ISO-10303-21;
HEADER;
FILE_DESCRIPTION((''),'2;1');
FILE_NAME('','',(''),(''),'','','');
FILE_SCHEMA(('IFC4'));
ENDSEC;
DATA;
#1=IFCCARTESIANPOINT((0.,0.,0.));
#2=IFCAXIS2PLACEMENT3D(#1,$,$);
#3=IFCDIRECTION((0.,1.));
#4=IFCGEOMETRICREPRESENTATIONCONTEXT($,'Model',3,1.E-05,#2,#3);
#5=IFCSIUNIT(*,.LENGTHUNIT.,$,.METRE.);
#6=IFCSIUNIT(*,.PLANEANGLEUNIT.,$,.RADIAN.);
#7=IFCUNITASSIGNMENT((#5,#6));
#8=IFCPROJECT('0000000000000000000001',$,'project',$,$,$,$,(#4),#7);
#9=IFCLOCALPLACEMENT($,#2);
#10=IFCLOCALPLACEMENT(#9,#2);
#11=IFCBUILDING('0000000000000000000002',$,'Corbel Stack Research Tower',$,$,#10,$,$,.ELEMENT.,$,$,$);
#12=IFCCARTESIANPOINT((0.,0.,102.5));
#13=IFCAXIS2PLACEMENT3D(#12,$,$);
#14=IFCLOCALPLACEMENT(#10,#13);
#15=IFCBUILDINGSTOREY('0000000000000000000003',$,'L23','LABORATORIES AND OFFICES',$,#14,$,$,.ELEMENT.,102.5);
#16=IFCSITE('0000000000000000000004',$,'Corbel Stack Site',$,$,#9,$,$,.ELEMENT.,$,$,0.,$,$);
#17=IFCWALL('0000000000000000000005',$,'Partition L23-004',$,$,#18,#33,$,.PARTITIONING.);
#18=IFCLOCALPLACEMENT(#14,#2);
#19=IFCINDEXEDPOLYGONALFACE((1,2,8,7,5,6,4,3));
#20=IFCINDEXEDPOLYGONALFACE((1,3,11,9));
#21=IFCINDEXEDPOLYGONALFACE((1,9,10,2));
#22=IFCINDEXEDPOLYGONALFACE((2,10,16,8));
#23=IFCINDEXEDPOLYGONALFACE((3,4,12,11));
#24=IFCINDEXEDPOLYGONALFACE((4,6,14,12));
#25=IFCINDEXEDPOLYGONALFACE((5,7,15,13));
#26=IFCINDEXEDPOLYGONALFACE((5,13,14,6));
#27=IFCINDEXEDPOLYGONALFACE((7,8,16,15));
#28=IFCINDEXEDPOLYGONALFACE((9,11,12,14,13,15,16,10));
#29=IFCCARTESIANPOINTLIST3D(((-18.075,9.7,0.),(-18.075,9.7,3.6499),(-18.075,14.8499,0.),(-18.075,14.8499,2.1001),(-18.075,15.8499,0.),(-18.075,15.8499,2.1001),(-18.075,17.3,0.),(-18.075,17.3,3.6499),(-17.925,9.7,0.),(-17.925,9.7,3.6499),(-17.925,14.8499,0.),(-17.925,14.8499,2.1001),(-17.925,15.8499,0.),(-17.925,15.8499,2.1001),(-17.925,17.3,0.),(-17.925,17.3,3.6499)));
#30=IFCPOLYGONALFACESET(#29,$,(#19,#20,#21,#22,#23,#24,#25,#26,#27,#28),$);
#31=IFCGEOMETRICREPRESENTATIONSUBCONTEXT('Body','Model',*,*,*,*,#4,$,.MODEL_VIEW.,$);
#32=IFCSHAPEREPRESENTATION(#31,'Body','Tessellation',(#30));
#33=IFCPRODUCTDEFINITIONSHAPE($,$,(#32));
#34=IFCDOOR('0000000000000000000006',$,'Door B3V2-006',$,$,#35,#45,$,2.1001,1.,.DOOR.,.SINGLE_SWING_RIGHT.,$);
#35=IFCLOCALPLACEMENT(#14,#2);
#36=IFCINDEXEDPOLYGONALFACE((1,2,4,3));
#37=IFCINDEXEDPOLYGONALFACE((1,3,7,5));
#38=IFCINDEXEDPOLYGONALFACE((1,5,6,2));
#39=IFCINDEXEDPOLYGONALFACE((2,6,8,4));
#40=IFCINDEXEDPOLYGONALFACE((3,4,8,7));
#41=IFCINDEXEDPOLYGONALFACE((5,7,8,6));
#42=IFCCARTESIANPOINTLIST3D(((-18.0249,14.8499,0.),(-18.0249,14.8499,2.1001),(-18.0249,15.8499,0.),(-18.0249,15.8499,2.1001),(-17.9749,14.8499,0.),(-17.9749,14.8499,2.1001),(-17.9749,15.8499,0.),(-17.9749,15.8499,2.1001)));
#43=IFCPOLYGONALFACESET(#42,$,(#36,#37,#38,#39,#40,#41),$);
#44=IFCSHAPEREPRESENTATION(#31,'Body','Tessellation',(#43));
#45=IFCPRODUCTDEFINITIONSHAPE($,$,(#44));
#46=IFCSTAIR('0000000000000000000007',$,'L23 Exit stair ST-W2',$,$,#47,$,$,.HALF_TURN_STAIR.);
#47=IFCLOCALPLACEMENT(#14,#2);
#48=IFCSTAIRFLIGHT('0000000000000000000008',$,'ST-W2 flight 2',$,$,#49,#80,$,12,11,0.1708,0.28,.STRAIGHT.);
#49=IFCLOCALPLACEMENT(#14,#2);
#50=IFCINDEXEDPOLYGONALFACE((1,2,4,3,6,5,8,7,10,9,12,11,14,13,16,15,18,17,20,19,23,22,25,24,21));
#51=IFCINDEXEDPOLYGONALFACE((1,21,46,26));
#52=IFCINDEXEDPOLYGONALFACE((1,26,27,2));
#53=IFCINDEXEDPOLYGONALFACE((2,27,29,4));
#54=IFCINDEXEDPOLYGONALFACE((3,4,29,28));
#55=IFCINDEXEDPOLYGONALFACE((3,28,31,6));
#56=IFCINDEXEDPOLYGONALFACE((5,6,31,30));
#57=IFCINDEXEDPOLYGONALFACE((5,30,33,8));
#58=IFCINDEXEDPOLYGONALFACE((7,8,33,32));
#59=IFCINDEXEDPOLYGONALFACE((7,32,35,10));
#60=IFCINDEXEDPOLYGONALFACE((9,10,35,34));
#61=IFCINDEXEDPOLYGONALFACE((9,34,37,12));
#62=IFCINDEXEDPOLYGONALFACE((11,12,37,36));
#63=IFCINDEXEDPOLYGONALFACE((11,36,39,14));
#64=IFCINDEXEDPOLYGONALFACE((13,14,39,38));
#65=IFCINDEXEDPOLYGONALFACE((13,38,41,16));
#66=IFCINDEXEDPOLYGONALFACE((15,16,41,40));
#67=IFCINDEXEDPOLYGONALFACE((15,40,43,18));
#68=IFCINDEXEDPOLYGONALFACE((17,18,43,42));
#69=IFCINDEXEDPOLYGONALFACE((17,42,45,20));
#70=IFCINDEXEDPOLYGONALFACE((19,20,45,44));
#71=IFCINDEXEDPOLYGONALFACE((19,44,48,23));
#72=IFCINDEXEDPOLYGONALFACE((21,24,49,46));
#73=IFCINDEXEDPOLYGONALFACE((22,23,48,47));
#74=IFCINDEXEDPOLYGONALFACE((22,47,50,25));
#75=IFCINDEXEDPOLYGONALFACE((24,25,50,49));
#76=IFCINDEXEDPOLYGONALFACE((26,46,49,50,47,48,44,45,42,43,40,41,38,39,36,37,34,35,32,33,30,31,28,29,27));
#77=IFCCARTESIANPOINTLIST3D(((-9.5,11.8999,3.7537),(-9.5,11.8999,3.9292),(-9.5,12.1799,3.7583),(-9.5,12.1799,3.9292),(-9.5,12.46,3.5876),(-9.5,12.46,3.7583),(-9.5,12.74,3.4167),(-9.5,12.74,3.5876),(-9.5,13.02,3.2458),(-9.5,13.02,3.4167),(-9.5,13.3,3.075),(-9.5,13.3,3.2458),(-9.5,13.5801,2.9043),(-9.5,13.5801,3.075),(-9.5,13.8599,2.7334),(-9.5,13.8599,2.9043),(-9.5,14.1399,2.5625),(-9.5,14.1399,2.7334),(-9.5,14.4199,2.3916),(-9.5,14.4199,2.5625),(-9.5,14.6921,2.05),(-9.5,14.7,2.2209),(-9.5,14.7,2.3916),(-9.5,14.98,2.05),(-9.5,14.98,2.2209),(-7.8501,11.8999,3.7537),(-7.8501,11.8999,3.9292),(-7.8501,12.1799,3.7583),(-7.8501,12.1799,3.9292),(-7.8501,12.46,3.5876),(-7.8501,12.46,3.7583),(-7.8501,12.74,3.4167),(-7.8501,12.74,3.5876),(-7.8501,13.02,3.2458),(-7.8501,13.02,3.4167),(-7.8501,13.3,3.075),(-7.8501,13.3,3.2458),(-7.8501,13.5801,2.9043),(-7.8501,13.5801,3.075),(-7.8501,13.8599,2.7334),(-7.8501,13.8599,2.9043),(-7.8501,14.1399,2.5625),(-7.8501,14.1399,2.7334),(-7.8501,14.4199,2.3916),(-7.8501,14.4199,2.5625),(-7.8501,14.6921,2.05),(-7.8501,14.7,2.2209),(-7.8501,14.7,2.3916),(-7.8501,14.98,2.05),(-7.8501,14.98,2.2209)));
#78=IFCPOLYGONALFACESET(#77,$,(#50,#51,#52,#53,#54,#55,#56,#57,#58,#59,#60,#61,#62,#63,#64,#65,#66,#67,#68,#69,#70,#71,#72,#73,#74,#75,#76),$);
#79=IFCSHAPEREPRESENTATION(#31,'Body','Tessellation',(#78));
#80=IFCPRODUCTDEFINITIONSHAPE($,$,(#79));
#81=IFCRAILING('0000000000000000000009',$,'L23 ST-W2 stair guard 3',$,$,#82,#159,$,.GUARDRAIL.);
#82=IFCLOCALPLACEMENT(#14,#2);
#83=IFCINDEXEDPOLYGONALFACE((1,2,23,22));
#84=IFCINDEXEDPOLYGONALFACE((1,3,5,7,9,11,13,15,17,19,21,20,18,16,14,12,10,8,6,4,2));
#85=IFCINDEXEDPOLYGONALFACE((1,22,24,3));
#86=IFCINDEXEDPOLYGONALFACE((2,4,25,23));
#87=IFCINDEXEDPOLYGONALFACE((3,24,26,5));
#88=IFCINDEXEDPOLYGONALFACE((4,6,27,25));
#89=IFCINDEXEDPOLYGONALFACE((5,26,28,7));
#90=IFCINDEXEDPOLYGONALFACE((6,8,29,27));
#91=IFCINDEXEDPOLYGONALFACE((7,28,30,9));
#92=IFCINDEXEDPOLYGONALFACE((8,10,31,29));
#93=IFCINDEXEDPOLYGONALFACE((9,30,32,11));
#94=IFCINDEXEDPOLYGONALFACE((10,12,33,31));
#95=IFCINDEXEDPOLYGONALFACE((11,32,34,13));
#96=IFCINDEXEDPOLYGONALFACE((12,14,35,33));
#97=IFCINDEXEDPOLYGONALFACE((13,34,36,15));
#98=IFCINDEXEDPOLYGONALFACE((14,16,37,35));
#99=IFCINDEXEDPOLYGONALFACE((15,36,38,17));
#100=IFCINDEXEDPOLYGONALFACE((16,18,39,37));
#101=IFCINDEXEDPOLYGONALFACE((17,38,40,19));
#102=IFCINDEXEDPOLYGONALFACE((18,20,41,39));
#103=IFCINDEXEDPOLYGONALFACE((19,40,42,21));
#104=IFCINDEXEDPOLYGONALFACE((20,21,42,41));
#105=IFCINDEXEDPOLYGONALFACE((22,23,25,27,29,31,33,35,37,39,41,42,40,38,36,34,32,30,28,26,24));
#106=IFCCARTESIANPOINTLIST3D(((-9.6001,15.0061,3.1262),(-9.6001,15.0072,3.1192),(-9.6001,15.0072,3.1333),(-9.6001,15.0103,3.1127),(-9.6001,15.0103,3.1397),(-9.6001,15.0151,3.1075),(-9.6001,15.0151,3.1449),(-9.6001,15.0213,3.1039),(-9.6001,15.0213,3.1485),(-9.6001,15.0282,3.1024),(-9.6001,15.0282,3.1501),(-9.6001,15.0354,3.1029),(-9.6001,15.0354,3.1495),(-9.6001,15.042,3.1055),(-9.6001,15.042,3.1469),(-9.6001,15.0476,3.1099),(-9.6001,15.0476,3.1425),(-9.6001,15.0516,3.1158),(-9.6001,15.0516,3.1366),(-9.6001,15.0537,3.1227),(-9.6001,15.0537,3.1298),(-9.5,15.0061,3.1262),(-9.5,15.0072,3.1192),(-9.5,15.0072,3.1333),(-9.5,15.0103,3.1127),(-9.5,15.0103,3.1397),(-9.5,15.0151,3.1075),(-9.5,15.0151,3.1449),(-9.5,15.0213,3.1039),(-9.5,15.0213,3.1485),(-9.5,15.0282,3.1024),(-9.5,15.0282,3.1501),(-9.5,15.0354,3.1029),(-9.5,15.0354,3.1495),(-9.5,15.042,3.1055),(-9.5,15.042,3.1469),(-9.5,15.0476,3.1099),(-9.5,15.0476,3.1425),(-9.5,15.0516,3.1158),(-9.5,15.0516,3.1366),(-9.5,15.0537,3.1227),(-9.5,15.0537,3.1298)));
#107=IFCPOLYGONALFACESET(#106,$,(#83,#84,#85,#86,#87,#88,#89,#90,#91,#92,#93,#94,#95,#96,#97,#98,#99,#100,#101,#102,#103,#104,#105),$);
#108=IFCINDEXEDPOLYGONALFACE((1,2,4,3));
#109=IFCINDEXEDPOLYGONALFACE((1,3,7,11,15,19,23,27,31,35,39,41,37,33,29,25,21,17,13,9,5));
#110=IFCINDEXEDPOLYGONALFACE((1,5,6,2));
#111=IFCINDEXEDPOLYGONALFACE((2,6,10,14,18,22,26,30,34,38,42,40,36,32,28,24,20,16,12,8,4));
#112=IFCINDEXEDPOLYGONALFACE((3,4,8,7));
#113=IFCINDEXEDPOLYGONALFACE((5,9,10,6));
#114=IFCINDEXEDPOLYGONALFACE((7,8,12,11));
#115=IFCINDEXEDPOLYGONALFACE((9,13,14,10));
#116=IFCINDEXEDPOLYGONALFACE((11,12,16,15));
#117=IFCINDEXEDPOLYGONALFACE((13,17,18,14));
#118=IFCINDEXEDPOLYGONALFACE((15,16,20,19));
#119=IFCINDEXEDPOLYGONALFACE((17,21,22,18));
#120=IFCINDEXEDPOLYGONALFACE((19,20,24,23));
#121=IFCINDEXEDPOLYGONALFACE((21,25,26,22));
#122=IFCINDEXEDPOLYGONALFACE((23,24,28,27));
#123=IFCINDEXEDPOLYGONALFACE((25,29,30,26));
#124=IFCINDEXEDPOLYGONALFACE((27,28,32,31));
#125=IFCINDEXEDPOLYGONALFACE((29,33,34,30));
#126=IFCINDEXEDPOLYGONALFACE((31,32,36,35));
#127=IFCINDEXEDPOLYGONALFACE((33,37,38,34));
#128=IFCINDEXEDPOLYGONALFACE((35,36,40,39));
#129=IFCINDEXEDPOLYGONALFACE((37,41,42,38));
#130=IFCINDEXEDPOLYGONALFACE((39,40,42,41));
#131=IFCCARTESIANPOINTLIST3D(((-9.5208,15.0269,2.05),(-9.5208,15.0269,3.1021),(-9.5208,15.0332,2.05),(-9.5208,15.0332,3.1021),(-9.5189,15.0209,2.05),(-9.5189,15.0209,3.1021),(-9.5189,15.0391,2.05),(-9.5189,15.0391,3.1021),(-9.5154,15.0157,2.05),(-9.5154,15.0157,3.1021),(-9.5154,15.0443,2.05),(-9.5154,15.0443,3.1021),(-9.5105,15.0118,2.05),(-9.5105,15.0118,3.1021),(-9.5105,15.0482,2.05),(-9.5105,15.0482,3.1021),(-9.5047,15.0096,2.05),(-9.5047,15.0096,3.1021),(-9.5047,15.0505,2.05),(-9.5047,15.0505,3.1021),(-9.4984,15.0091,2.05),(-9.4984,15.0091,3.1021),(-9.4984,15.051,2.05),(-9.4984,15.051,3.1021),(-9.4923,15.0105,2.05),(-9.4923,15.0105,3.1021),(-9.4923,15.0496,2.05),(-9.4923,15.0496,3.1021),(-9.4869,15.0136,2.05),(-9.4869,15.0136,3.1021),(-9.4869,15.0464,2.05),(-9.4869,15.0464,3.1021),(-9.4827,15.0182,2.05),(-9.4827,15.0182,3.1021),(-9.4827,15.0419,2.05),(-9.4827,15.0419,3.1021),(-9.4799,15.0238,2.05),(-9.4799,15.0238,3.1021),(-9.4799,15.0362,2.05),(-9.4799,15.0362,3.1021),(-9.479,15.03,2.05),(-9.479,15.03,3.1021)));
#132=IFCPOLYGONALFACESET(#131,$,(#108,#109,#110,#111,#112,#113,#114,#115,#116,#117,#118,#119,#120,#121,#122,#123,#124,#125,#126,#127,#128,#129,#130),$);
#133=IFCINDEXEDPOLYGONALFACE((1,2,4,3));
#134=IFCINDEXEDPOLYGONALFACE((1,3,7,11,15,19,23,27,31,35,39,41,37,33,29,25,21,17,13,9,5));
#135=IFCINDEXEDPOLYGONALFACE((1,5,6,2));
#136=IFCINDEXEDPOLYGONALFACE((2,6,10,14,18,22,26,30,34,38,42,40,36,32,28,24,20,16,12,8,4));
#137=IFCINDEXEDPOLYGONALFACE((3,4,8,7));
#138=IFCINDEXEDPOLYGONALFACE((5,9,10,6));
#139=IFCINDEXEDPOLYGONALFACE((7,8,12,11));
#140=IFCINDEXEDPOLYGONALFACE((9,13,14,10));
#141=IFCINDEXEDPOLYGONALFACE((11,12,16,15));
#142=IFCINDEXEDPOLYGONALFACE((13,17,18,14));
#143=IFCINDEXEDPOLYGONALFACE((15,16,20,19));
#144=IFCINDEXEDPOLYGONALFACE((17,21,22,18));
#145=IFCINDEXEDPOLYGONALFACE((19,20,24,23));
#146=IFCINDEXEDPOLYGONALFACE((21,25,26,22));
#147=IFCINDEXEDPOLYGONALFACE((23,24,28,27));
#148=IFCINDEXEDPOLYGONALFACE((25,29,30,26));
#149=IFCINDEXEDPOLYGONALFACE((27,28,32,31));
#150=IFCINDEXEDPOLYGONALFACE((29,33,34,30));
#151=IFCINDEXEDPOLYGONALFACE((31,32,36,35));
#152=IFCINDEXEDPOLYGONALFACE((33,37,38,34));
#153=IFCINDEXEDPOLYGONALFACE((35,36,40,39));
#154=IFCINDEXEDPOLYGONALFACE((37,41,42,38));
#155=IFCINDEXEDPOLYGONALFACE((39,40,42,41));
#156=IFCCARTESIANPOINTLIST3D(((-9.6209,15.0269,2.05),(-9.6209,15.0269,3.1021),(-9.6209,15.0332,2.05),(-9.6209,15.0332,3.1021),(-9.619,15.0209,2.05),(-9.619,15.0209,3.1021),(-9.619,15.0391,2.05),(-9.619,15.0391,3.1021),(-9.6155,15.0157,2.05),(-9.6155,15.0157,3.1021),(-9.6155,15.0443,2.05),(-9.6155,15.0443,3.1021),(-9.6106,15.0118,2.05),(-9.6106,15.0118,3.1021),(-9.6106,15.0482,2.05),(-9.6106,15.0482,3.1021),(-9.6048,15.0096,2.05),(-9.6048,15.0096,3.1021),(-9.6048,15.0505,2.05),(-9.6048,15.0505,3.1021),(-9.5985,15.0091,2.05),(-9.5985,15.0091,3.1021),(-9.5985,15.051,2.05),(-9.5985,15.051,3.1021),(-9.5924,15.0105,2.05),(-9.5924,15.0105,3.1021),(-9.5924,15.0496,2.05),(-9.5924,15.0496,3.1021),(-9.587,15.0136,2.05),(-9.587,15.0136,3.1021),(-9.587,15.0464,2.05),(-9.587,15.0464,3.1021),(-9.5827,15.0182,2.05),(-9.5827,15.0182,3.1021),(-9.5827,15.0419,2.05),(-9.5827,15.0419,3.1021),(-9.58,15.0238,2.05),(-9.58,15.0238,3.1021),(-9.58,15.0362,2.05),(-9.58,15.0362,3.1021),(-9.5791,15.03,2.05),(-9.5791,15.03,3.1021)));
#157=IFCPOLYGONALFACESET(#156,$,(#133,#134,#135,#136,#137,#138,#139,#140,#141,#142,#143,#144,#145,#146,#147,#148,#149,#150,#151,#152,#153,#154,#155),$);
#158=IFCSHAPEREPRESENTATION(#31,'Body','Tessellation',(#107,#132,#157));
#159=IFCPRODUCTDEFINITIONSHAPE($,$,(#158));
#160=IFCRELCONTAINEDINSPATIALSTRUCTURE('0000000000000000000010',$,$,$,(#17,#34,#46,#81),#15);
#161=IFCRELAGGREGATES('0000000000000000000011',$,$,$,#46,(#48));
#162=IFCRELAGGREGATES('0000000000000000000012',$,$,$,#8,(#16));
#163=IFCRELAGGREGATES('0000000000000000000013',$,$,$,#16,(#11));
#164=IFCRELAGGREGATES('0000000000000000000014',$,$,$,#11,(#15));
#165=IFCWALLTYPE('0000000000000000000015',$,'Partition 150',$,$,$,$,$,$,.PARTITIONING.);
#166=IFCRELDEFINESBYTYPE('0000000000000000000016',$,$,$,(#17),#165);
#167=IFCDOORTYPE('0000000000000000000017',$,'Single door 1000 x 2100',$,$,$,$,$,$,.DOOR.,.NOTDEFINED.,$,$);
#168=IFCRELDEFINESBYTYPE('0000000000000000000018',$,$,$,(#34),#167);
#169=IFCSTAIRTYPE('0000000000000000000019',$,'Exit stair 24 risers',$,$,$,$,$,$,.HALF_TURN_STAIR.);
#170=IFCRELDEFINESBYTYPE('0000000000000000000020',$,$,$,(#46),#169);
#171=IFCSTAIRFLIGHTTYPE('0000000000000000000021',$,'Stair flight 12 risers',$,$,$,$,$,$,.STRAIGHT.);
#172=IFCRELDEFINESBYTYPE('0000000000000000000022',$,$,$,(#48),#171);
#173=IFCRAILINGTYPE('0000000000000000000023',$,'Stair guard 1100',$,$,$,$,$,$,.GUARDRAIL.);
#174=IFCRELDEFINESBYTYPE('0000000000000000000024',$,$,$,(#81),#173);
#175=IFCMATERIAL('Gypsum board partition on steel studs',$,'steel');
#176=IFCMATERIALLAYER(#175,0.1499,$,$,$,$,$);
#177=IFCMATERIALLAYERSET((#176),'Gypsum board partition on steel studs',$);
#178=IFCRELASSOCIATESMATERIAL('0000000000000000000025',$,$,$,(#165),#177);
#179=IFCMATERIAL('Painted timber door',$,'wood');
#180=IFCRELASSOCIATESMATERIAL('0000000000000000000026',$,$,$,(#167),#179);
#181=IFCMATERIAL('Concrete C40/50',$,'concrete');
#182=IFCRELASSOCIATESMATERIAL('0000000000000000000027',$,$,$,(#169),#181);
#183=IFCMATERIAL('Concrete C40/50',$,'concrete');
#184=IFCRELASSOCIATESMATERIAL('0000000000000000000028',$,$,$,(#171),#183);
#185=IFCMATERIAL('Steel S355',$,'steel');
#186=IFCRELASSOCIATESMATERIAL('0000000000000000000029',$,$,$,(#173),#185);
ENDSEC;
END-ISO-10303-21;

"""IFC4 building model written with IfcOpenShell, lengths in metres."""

from ifc_helpers import new_model, si_unit, direction, frame, frame_2d, origin, origin_2d, place, context, subcontext, project, spatial, polyline, rectangle, circle, outline, extrude, material, layer, layer_set, type_object, element, fill, aggregate, save


model = new_model("IFC4")

# Units and contexts
model_context = context("Model", 3, precision=1e-05, world=origin(), true_north=direction((0.0, 1.0)))
body_context = subcontext(model_context, "Body", "Model", "MODEL_VIEW")
ifc_project = project(units=[si_unit("LENGTHUNIT", "METRE"), si_unit("PLANEANGLEUNIT", "RADIAN")], contexts=[model_context])

# Site, building, storey
site_placement = place(None, origin())
site = spatial("IfcSite", under=ifc_project, at=site_placement, Name="Corbel Stack Site", CompositionType="ELEMENT", RefElevation=0.0)
building_placement = place(site_placement, origin())
building = spatial("IfcBuilding", under=site, at=building_placement, Name="Corbel Stack Research Tower", CompositionType="ELEMENT")
storey_placement = place(building_placement, frame((0.0, 0.0, 102.5)))
storey = spatial("IfcBuildingStorey", under=building, at=storey_placement, Name="L23", Description="LABORATORIES AND OFFICES", CompositionType="ELEMENT", Elevation=102.5)

# Wall, opening, door
ifc_material_1 = material(Name="Gypsum board partition on steel studs", Category="steel")
ifc_layer_1 = layer(ifc_material_1, 0.1499)
ifc_layer_set_1 = layer_set([ifc_layer_1], Name="Gypsum board partition on steel studs")
wall_type_1 = type_object("IfcWallType", Name="Partition 150", PredefinedType="PARTITIONING", material=ifc_layer_set_1)
ifc_material_2 = material(Name="Painted timber door", Category="wood")
door_type_1 = type_object("IfcDoorType", Name="Single door 1000 x 2100", OperationType="NOTDEFINED", PredefinedType="DOOR", material=ifc_material_2)
wall_1_placement = place(storey_placement, frame((-18.0, 9.7, 0.0), z_axis=(0.0, 0.0, 1.0), x_axis=(0.0, 1.0, 0.0)))
wall_1 = element("IfcWall", 1, at=wall_1_placement, inside=storey, type_object=wall_type_1, Name="Partition L23-004", PredefinedType="PARTITIONING", context=body_context, shape_type="SweptSolid", body=[
    extrude(rectangle(XDim=7.6001, YDim=0.1499, at=frame_2d((3.8, 0.0))), origin(), (0.0, 0.0, 1.0), 3.6499),
])
opening_1_placement = place(wall_1_placement, frame((5.1499, 0.0, 0.0)))
opening_1 = element("IfcOpeningElement", 2, at=opening_1_placement, cuts=wall_1, PredefinedType="OPENING", context=body_context, shape_type="SweptSolid", body=[
    extrude(rectangle(XDim=1.0, YDim=2.1001, at=frame_2d((0.5, 1.05))), frame((0.0, 0.085, 0.0), z_axis=(0.0, -1.0, 0.0), x_axis=(1.0, 0.0, 0.0)), (0.0, 0.0, 1.0), 0.1699),
])
door_1_placement = place(opening_1_placement, origin())
door_1 = element("IfcDoor", 3, at=door_1_placement, inside=storey, type_object=door_type_1, Name="Door B3V2-006", OperationType="SINGLE_SWING_RIGHT", OverallHeight=2.1001, OverallWidth=1.0, PredefinedType="DOOR", context=body_context, shape_type="SweptSolid", body=[
    extrude(rectangle(XDim=1.0, YDim=2.1001, at=frame_2d((0.5, 1.05))), frame((0.0, 0.0249, 0.0), z_axis=(0.0, -1.0, 0.0), x_axis=(1.0, 0.0, 0.0)), (0.0, 0.0, 1.0), 0.05),
])
fill(opening_1, door_1)

# Stair, stair flight
ifc_material_3 = material(Name="Concrete C40/50", Category="concrete")
stair_type = type_object("IfcStairType", Name="Exit stair 24 risers", PredefinedType="HALF_TURN_STAIR", material=ifc_material_3)
stair_placement = place(storey_placement, origin())
stair = element("IfcStair", 4, at=stair_placement, inside=storey, type_object=stair_type, Name="L23 Exit stair ST-W2", PredefinedType="HALF_TURN_STAIR")
ifc_material_4 = material(Name="Concrete C40/50", Category="concrete")
stair_flight_type = type_object("IfcStairFlightType", Name="Stair flight 12 risers", PredefinedType="STRAIGHT", material=ifc_material_4)
stair_flight_placement = place(storey_placement, frame((-8.675, 14.98, 2.05), z_axis=(0.0, 0.0, 1.0), x_axis=(0.0, -1.0, 0.0)))
stair_flight = element("IfcStairFlight", 5, at=stair_flight_placement, type_object=stair_flight_type, Name="ST-W2 flight 2", NumberOfRisers=12, NumberOfTreads=11, PredefinedType="STRAIGHT", RiserHeight=0.1708, TreadLength=0.28, context=body_context, shape_type="SweptSolid", body=[
    extrude(outline(polyline([(0.0, 0.0), (0.0, 0.1709), (0.28, 0.1709), (0.28, 0.3416), (0.5601, 0.3416), (0.5601, 0.5125), (0.8401, 0.5125), (0.8401, 0.6833), (1.1201, 0.6833), (1.1201, 0.8542), (1.3999, 0.8542), (1.3999, 1.0249), (1.6799, 1.0249), (1.6799, 1.1958), (1.96, 1.1958), (1.96, 1.3667), (2.24, 1.3667), (2.24, 1.5376), (2.52, 1.5376), (2.52, 1.7083), (2.8, 1.7083), (2.8, 1.8792), (3.0801, 1.8792), (3.0801, 2.05), (3.0801, 1.7036), (0.2878, 0.0), (0.0, 0.0)])), frame((0.0, 0.825, 0.0), z_axis=(0.0, -1.0, 0.0), x_axis=(1.0, 0.0, 0.0)), (0.0, 0.0, 1.0), 1.6499),
])
aggregate(stair, [stair_flight])

# Railing
ifc_material_5 = material(Name="Steel S355", Category="steel")
railing_type_1 = type_object("IfcRailingType", Name="Stair guard 1100", PredefinedType="GUARDRAIL", material=ifc_material_5)
for number, where, name in (
    (6, (-9.5, 15.03, 2.05), "L23 ST-W2 stair guard 3"),
):
    element("IfcRailing", number, at=place(storey_placement, frame(where)), inside=storey, type_object=railing_type_1, Name=name, PredefinedType="GUARDRAIL", context=body_context, shape_type="SweptSolid", body=[
        extrude(circle(Radius=0.0239, at=origin_2d()), frame((0.0, 0.0, 1.0762), z_axis=(-1.0, 0.0, 0.0), x_axis=(0.0, -1.0, 0.0)), (0.0, 0.0, 1.0), 0.1001),
        extrude(circle(Radius=0.021, at=origin_2d()), origin(), (0.0, 0.0, 1.0), 1.052),
        extrude(circle(Radius=0.021, at=origin_2d()), frame((-0.1001, 0.0, 0.0)), (0.0, 0.0, 1.0), 1.052),
    ])

save(model, "model.ifc")
